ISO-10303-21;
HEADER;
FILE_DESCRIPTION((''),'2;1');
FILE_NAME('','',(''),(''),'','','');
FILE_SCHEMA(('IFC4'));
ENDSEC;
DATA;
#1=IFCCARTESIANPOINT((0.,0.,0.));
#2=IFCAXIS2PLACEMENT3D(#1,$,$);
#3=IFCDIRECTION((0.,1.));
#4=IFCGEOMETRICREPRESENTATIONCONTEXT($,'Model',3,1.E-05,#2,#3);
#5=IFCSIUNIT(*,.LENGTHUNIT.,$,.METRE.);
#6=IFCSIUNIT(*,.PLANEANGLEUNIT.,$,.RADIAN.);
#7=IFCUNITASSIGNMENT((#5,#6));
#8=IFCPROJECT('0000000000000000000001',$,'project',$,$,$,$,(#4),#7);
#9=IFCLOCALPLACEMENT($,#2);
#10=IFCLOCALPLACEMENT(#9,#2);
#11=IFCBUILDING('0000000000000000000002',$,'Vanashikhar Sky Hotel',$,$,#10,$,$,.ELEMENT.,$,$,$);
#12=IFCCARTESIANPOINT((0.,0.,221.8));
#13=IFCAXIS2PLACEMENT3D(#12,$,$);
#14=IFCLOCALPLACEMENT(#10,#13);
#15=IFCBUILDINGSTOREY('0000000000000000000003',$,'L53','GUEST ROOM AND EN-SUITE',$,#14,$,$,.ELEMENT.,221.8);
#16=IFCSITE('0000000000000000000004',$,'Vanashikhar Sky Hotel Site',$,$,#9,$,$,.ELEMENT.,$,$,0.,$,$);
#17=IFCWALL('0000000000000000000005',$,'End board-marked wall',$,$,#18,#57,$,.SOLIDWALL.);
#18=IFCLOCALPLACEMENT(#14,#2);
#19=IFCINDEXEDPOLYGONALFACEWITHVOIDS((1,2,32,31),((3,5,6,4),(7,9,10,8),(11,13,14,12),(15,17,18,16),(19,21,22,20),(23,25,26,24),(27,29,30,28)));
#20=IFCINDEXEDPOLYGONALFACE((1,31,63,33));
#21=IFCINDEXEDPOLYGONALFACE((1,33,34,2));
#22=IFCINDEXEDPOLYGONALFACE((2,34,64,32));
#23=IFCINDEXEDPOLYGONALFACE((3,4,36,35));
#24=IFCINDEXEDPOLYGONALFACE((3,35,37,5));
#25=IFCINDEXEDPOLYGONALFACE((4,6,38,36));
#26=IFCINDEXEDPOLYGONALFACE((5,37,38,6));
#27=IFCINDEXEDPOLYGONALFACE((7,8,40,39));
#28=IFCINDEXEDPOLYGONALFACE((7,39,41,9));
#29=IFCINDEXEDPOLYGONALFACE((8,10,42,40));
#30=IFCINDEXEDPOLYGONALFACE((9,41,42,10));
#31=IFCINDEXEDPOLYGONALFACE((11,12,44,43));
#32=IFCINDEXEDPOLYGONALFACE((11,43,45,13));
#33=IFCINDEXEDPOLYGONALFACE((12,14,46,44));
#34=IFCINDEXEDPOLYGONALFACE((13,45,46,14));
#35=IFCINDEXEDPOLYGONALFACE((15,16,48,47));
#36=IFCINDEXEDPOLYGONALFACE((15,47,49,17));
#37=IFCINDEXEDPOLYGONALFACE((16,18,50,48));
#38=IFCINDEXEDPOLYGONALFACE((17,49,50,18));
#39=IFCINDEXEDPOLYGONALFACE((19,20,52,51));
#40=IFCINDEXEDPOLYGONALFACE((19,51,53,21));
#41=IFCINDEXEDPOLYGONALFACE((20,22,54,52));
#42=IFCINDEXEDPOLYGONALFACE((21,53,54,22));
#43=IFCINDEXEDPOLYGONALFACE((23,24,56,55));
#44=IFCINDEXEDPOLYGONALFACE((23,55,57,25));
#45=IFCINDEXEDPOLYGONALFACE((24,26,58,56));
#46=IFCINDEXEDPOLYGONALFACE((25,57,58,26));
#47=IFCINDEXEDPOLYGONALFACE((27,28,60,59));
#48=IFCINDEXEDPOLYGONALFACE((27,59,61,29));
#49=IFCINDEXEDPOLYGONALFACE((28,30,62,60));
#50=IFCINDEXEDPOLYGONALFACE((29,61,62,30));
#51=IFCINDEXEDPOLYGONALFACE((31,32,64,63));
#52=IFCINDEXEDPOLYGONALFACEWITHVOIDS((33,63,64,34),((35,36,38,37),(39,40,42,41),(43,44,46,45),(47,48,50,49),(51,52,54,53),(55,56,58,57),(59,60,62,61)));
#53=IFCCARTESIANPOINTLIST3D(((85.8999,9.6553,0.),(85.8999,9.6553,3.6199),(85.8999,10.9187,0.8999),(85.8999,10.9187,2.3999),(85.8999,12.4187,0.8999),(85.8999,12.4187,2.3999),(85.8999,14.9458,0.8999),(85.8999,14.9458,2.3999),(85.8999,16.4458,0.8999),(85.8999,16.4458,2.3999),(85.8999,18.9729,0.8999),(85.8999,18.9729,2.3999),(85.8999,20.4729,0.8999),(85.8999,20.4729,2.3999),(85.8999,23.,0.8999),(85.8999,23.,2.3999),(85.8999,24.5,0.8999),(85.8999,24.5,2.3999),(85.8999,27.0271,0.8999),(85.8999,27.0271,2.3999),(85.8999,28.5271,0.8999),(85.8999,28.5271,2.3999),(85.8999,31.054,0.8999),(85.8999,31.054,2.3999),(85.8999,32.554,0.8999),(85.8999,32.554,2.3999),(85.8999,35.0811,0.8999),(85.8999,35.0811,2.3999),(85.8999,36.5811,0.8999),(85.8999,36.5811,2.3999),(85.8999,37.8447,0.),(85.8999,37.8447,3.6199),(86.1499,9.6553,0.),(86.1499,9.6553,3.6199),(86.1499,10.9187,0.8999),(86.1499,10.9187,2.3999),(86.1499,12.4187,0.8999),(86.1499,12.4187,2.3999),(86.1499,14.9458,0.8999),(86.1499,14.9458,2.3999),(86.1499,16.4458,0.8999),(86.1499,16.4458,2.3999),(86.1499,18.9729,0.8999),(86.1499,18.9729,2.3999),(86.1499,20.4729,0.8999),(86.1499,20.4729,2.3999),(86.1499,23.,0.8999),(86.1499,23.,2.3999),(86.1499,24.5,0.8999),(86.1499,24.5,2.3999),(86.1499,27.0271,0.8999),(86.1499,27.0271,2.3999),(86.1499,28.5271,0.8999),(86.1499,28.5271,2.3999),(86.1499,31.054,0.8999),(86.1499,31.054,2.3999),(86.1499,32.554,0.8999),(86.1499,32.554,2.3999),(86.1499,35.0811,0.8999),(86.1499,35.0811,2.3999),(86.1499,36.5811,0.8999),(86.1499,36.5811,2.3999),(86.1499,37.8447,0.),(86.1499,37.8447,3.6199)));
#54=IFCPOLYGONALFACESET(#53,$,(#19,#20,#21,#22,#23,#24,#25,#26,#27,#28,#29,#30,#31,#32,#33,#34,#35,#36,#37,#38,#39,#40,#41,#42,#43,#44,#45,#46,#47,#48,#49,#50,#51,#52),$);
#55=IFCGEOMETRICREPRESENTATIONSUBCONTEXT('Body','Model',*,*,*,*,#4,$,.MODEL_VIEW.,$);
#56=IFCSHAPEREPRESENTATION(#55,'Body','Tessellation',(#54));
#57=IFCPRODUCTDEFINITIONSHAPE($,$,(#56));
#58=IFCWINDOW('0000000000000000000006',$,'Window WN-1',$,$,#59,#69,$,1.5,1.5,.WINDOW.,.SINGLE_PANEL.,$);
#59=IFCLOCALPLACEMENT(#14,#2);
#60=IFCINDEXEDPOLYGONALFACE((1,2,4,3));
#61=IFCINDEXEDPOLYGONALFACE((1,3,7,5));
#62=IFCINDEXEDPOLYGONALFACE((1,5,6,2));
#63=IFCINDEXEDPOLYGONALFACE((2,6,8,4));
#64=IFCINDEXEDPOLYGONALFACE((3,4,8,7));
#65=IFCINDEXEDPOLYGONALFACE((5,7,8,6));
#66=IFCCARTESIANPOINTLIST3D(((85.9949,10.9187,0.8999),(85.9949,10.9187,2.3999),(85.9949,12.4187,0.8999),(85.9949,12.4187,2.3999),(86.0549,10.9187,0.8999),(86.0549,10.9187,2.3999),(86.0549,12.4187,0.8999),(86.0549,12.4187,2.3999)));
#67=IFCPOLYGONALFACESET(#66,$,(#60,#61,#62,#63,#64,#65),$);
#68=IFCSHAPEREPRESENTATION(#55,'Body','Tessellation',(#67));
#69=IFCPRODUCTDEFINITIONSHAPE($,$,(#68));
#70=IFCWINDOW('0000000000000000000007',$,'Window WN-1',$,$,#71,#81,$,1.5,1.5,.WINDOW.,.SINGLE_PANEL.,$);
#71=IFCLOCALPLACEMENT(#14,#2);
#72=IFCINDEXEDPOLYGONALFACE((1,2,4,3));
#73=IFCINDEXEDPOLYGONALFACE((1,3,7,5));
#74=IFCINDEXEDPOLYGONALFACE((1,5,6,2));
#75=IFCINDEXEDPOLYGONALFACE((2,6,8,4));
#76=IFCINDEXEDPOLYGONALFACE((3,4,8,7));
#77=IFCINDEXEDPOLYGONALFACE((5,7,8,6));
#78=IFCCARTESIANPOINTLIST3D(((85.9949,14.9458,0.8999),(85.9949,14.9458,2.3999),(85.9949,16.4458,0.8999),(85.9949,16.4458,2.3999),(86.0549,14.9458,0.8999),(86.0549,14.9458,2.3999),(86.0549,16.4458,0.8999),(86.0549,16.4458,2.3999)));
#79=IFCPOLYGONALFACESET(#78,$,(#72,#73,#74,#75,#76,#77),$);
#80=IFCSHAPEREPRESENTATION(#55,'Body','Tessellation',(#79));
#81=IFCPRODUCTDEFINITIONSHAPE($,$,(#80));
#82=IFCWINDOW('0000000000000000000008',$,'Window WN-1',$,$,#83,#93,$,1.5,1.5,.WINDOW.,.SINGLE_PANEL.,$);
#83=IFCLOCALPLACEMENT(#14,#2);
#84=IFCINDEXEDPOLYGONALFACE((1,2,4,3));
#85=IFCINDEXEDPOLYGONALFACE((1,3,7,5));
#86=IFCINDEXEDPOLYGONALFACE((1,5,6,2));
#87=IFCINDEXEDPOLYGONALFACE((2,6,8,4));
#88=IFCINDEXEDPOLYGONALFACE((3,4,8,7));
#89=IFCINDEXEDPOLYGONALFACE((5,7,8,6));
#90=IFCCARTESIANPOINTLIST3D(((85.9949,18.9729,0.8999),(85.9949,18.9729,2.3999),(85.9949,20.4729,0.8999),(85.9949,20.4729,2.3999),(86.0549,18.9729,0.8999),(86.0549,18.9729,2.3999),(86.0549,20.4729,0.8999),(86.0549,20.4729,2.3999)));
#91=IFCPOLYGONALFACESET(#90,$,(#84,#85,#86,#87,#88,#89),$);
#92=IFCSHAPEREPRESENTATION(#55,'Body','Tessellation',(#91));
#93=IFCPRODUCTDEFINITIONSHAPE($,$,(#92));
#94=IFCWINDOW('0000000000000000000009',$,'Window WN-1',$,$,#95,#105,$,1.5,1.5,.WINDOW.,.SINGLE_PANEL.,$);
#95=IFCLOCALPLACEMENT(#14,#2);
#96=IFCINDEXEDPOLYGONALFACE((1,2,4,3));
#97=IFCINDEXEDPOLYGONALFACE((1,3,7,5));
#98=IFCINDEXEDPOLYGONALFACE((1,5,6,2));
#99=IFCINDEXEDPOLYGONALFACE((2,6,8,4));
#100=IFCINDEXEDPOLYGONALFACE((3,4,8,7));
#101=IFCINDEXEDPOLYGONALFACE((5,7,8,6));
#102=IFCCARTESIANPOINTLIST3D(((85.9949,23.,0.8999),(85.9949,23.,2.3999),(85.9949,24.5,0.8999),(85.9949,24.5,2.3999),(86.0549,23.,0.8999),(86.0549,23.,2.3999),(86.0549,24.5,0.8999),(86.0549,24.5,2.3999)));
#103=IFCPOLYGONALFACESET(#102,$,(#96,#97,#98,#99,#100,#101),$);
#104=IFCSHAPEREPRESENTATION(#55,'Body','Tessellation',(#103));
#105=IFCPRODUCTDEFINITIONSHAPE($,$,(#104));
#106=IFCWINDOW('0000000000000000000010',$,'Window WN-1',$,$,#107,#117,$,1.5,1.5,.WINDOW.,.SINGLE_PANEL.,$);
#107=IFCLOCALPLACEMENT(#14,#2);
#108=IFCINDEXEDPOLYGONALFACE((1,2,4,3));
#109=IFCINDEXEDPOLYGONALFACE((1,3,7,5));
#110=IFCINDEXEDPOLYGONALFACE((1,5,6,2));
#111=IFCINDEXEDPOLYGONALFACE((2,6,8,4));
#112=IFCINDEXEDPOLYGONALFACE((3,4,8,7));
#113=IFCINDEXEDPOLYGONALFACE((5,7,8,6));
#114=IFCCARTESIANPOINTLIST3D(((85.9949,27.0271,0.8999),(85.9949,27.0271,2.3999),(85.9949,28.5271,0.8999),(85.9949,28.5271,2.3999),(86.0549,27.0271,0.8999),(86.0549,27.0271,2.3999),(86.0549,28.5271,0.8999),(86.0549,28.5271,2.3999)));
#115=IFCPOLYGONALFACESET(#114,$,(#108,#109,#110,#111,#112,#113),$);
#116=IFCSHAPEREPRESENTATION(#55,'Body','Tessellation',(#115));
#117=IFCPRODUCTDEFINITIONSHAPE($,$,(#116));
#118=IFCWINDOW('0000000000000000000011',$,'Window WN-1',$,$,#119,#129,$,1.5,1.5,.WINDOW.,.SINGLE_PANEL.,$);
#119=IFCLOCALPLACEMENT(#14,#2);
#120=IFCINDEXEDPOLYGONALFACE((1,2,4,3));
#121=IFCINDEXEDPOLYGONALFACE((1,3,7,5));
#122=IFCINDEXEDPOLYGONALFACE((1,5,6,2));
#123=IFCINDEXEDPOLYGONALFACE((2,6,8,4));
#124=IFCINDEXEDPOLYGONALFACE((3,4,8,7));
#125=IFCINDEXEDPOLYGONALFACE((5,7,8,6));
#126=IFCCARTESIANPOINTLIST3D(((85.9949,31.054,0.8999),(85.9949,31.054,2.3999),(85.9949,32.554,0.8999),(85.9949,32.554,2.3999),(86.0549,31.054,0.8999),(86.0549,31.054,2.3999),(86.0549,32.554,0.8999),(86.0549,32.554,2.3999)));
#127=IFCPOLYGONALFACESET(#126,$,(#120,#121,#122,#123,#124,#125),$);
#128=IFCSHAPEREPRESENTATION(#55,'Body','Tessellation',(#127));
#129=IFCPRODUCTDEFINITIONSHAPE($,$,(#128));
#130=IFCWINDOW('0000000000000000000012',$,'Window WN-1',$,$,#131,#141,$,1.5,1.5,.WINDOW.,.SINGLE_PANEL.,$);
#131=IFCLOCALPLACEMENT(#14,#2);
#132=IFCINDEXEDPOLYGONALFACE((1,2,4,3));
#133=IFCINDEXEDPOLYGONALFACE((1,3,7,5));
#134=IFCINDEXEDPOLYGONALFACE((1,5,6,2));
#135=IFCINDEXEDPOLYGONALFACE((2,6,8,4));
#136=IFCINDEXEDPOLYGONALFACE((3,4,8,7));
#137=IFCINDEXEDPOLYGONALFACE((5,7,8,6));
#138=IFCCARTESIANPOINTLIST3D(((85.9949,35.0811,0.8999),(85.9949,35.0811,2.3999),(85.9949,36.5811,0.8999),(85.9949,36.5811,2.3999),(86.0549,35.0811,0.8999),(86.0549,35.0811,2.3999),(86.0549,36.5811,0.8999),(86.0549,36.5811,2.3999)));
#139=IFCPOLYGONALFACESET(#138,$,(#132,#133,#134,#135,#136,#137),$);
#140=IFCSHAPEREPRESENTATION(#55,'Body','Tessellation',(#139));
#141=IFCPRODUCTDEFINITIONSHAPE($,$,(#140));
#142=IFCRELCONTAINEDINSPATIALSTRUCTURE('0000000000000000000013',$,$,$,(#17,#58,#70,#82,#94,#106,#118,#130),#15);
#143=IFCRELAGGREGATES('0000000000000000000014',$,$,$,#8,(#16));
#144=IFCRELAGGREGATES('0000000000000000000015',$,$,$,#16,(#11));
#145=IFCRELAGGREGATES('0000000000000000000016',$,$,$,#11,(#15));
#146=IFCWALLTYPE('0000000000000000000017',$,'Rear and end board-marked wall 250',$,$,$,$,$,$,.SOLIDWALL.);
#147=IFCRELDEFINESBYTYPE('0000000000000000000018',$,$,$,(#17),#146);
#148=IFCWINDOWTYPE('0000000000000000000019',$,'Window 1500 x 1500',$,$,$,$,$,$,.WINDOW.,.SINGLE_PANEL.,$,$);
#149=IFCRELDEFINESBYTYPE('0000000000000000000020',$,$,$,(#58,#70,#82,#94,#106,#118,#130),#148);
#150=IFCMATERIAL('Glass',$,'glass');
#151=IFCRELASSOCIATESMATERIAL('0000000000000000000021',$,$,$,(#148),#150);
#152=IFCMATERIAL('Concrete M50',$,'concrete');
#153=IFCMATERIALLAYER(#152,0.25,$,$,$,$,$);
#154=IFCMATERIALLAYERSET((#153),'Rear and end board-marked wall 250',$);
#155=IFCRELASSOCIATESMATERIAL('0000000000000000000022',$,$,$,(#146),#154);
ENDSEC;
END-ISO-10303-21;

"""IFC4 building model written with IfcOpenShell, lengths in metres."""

from ifc_helpers import new_model, si_unit, direction, frame, frame_2d, origin, place, context, subcontext, project, spatial, rectangle, extrude, source, transform, mapped, material, layer, layer_set, type_object, element, fill, save


model = new_model("IFC4")

# Units and contexts
model_context = context("Model", 3, precision=1e-05, world=origin(), true_north=direction((0.0, 1.0)))
body_context = subcontext(model_context, "Body", "Model", "MODEL_VIEW")
ifc_project = project(units=[si_unit("LENGTHUNIT", "METRE"), si_unit("PLANEANGLEUNIT", "RADIAN")], contexts=[model_context])

# Site, building, storey
site_placement = place(None, origin())
site = spatial("IfcSite", under=ifc_project, at=site_placement, Name="Vanashikhar Sky Hotel Site", CompositionType="ELEMENT", RefElevation=0.0)
building_placement = place(site_placement, origin())
building = spatial("IfcBuilding", under=site, at=building_placement, Name="Vanashikhar Sky Hotel", CompositionType="ELEMENT")
storey_placement = place(building_placement, frame((0.0, 0.0, 221.8)))
storey = spatial("IfcBuildingStorey", under=building, at=storey_placement, Name="L53", Description="GUEST ROOM AND EN-SUITE", CompositionType="ELEMENT", Elevation=221.8)

# Shared definitions
ifc_material_1 = material(Name="Concrete M50", Category="concrete")

# Shared definitions
ifc_material_2 = material(Name="Glass", Category="glass")
window_type_1 = type_object("IfcWindowType", Name="Window 1500 x 1500", PartitioningType="SINGLE_PANEL", PredefinedType="WINDOW", material=ifc_material_2)
shared_shape_1 = source(origin(), body_context, "Body", "SweptSolid", [
    extrude(rectangle(XDim=1.5, YDim=1.5, at=frame_2d((0.75, 0.75))), frame((0.0, 0.03, 0.0), z_axis=(0.0, -1.0, 0.0), x_axis=(1.0, 0.0, 0.0)), (0.0, 0.0, 1.0), 0.0601),
])

# Wall, openings, windows
ifc_layer_1 = layer(ifc_material_1, 0.25)
ifc_layer_set_1 = layer_set([ifc_layer_1], Name="Rear and end board-marked wall 250")
wall_type_1 = type_object("IfcWallType", Name="Rear and end board-marked wall 250", PredefinedType="SOLIDWALL", material=ifc_layer_set_1)
shared_shape_2 = source(origin(), body_context, "Body", "SweptSolid", [
    extrude(rectangle(XDim=28.1895, YDim=0.25, at=frame_2d((14.0947, 0.0))), origin(), (0.0, 0.0, 1.0), 3.6199),
])
wall_1_placement = place(storey_placement, frame((86.0249, 9.6553, 0.0), z_axis=(0.0, 0.0, 1.0), x_axis=(0.0, 1.0, 0.0)))
wall_1 = element("IfcWall", 1, at=wall_1_placement, inside=storey, type_object=wall_type_1, Name="End board-marked wall", PredefinedType="SOLIDWALL", context=body_context, shape_type="MappedRepresentation", body=[
    mapped(shared_shape_2, transform((0.0, 0.0, 0.0), scale=1.0)),
])
shared_shape_3 = source(origin(), body_context, "Body", "SweptSolid", [
    extrude(rectangle(XDim=1.5, YDim=1.5, at=frame_2d((0.75, 0.75))), frame((0.0, 0.135, 0.0), z_axis=(0.0, -1.0, 0.0), x_axis=(1.0, 0.0, 0.0)), (0.0, 0.0, 1.0), 0.27),
])
opening_1_placement = place(wall_1_placement, frame((1.2634, 0.0, 0.8999)))
opening_1 = element("IfcOpeningElement", 2, at=opening_1_placement, cuts=wall_1, PredefinedType="OPENING", context=body_context, shape_type="MappedRepresentation", body=[
    mapped(shared_shape_3, transform((0.0, 0.0, 0.0), scale=1.0)),
])
opening_2_placement = place(wall_1_placement, frame((5.2905, 0.0, 0.8999)))
opening_2 = element("IfcOpeningElement", 3, at=opening_2_placement, cuts=wall_1, PredefinedType="OPENING", context=body_context, shape_type="MappedRepresentation", body=[
    mapped(shared_shape_3, transform((0.0, 0.0, 0.0), scale=1.0)),
])
opening_3_placement = place(wall_1_placement, frame((9.3176, 0.0, 0.8999)))
opening_3 = element("IfcOpeningElement", 4, at=opening_3_placement, cuts=wall_1, PredefinedType="OPENING", context=body_context, shape_type="MappedRepresentation", body=[
    mapped(shared_shape_3, transform((0.0, 0.0, 0.0), scale=1.0)),
])
opening_4_placement = place(wall_1_placement, frame((13.3447, 0.0, 0.8999)))
opening_4 = element("IfcOpeningElement", 5, at=opening_4_placement, cuts=wall_1, PredefinedType="OPENING", context=body_context, shape_type="MappedRepresentation", body=[
    mapped(shared_shape_3, transform((0.0, 0.0, 0.0), scale=1.0)),
])
opening_5_placement = place(wall_1_placement, frame((17.3718, 0.0, 0.8999)))
opening_5 = element("IfcOpeningElement", 6, at=opening_5_placement, cuts=wall_1, PredefinedType="OPENING", context=body_context, shape_type="MappedRepresentation", body=[
    mapped(shared_shape_3, transform((0.0, 0.0, 0.0), scale=1.0)),
])
opening_6_placement = place(wall_1_placement, frame((21.3987, 0.0, 0.8999)))
opening_6 = element("IfcOpeningElement", 7, at=opening_6_placement, cuts=wall_1, PredefinedType="OPENING", context=body_context, shape_type="MappedRepresentation", body=[
    mapped(shared_shape_3, transform((0.0, 0.0, 0.0), scale=1.0)),
])
opening_7_placement = place(wall_1_placement, frame((25.4258, 0.0, 0.8999)))
opening_7 = element("IfcOpeningElement", 8, at=opening_7_placement, cuts=wall_1, PredefinedType="OPENING", context=body_context, shape_type="MappedRepresentation", body=[
    mapped(shared_shape_3, transform((0.0, 0.0, 0.0), scale=1.0)),
])
window_1_placement = place(opening_1_placement, origin())
window_1 = element("IfcWindow", 9, at=window_1_placement, inside=storey, type_object=window_type_1, Name="Window WN-1", OverallHeight=1.5, OverallWidth=1.5, PartitioningType="SINGLE_PANEL", PredefinedType="WINDOW", context=body_context, shape_type="MappedRepresentation", body=[
    mapped(shared_shape_1, transform((0.0, 0.0, 0.0), scale=1.0)),
])
fill(opening_1, window_1)
window_2_placement = place(opening_2_placement, origin())
window_2 = element("IfcWindow", 10, at=window_2_placement, inside=storey, type_object=window_type_1, Name="Window WN-1", OverallHeight=1.5, OverallWidth=1.5, PartitioningType="SINGLE_PANEL", PredefinedType="WINDOW", context=body_context, shape_type="MappedRepresentation", body=[
    mapped(shared_shape_1, transform((0.0, 0.0, 0.0), scale=1.0)),
])
fill(opening_2, window_2)
window_3_placement = place(opening_3_placement, origin())
window_3 = element("IfcWindow", 11, at=window_3_placement, inside=storey, type_object=window_type_1, Name="Window WN-1", OverallHeight=1.5, OverallWidth=1.5, PartitioningType="SINGLE_PANEL", PredefinedType="WINDOW", context=body_context, shape_type="MappedRepresentation", body=[
    mapped(shared_shape_1, transform((0.0, 0.0, 0.0), scale=1.0)),
])
fill(opening_3, window_3)
window_4_placement = place(opening_4_placement, origin())
window_4 = element("IfcWindow", 12, at=window_4_placement, inside=storey, type_object=window_type_1, Name="Window WN-1", OverallHeight=1.5, OverallWidth=1.5, PartitioningType="SINGLE_PANEL", PredefinedType="WINDOW", context=body_context, shape_type="MappedRepresentation", body=[
    mapped(shared_shape_1, transform((0.0, 0.0, 0.0), scale=1.0)),
])
fill(opening_4, window_4)
window_5_placement = place(opening_5_placement, origin())
window_5 = element("IfcWindow", 13, at=window_5_placement, inside=storey, type_object=window_type_1, Name="Window WN-1", OverallHeight=1.5, OverallWidth=1.5, PartitioningType="SINGLE_PANEL", PredefinedType="WINDOW", context=body_context, shape_type="MappedRepresentation", body=[
    mapped(shared_shape_1, transform((0.0, 0.0, 0.0), scale=1.0)),
])
fill(opening_5, window_5)
window_6_placement = place(opening_6_placement, origin())
window_6 = element("IfcWindow", 14, at=window_6_placement, inside=storey, type_object=window_type_1, Name="Window WN-1", OverallHeight=1.5, OverallWidth=1.5, PartitioningType="SINGLE_PANEL", PredefinedType="WINDOW", context=body_context, shape_type="MappedRepresentation", body=[
    mapped(shared_shape_1, transform((0.0, 0.0, 0.0), scale=1.0)),
])
fill(opening_6, window_6)
window_7_placement = place(opening_7_placement, origin())
window_7 = element("IfcWindow", 15, at=window_7_placement, inside=storey, type_object=window_type_1, Name="Window WN-1", OverallHeight=1.5, OverallWidth=1.5, PartitioningType="SINGLE_PANEL", PredefinedType="WINDOW", context=body_context, shape_type="MappedRepresentation", body=[
    mapped(shared_shape_1, transform((0.0, 0.0, 0.0), scale=1.0)),
])
fill(opening_7, window_7)

save(model, "model.ifc")
